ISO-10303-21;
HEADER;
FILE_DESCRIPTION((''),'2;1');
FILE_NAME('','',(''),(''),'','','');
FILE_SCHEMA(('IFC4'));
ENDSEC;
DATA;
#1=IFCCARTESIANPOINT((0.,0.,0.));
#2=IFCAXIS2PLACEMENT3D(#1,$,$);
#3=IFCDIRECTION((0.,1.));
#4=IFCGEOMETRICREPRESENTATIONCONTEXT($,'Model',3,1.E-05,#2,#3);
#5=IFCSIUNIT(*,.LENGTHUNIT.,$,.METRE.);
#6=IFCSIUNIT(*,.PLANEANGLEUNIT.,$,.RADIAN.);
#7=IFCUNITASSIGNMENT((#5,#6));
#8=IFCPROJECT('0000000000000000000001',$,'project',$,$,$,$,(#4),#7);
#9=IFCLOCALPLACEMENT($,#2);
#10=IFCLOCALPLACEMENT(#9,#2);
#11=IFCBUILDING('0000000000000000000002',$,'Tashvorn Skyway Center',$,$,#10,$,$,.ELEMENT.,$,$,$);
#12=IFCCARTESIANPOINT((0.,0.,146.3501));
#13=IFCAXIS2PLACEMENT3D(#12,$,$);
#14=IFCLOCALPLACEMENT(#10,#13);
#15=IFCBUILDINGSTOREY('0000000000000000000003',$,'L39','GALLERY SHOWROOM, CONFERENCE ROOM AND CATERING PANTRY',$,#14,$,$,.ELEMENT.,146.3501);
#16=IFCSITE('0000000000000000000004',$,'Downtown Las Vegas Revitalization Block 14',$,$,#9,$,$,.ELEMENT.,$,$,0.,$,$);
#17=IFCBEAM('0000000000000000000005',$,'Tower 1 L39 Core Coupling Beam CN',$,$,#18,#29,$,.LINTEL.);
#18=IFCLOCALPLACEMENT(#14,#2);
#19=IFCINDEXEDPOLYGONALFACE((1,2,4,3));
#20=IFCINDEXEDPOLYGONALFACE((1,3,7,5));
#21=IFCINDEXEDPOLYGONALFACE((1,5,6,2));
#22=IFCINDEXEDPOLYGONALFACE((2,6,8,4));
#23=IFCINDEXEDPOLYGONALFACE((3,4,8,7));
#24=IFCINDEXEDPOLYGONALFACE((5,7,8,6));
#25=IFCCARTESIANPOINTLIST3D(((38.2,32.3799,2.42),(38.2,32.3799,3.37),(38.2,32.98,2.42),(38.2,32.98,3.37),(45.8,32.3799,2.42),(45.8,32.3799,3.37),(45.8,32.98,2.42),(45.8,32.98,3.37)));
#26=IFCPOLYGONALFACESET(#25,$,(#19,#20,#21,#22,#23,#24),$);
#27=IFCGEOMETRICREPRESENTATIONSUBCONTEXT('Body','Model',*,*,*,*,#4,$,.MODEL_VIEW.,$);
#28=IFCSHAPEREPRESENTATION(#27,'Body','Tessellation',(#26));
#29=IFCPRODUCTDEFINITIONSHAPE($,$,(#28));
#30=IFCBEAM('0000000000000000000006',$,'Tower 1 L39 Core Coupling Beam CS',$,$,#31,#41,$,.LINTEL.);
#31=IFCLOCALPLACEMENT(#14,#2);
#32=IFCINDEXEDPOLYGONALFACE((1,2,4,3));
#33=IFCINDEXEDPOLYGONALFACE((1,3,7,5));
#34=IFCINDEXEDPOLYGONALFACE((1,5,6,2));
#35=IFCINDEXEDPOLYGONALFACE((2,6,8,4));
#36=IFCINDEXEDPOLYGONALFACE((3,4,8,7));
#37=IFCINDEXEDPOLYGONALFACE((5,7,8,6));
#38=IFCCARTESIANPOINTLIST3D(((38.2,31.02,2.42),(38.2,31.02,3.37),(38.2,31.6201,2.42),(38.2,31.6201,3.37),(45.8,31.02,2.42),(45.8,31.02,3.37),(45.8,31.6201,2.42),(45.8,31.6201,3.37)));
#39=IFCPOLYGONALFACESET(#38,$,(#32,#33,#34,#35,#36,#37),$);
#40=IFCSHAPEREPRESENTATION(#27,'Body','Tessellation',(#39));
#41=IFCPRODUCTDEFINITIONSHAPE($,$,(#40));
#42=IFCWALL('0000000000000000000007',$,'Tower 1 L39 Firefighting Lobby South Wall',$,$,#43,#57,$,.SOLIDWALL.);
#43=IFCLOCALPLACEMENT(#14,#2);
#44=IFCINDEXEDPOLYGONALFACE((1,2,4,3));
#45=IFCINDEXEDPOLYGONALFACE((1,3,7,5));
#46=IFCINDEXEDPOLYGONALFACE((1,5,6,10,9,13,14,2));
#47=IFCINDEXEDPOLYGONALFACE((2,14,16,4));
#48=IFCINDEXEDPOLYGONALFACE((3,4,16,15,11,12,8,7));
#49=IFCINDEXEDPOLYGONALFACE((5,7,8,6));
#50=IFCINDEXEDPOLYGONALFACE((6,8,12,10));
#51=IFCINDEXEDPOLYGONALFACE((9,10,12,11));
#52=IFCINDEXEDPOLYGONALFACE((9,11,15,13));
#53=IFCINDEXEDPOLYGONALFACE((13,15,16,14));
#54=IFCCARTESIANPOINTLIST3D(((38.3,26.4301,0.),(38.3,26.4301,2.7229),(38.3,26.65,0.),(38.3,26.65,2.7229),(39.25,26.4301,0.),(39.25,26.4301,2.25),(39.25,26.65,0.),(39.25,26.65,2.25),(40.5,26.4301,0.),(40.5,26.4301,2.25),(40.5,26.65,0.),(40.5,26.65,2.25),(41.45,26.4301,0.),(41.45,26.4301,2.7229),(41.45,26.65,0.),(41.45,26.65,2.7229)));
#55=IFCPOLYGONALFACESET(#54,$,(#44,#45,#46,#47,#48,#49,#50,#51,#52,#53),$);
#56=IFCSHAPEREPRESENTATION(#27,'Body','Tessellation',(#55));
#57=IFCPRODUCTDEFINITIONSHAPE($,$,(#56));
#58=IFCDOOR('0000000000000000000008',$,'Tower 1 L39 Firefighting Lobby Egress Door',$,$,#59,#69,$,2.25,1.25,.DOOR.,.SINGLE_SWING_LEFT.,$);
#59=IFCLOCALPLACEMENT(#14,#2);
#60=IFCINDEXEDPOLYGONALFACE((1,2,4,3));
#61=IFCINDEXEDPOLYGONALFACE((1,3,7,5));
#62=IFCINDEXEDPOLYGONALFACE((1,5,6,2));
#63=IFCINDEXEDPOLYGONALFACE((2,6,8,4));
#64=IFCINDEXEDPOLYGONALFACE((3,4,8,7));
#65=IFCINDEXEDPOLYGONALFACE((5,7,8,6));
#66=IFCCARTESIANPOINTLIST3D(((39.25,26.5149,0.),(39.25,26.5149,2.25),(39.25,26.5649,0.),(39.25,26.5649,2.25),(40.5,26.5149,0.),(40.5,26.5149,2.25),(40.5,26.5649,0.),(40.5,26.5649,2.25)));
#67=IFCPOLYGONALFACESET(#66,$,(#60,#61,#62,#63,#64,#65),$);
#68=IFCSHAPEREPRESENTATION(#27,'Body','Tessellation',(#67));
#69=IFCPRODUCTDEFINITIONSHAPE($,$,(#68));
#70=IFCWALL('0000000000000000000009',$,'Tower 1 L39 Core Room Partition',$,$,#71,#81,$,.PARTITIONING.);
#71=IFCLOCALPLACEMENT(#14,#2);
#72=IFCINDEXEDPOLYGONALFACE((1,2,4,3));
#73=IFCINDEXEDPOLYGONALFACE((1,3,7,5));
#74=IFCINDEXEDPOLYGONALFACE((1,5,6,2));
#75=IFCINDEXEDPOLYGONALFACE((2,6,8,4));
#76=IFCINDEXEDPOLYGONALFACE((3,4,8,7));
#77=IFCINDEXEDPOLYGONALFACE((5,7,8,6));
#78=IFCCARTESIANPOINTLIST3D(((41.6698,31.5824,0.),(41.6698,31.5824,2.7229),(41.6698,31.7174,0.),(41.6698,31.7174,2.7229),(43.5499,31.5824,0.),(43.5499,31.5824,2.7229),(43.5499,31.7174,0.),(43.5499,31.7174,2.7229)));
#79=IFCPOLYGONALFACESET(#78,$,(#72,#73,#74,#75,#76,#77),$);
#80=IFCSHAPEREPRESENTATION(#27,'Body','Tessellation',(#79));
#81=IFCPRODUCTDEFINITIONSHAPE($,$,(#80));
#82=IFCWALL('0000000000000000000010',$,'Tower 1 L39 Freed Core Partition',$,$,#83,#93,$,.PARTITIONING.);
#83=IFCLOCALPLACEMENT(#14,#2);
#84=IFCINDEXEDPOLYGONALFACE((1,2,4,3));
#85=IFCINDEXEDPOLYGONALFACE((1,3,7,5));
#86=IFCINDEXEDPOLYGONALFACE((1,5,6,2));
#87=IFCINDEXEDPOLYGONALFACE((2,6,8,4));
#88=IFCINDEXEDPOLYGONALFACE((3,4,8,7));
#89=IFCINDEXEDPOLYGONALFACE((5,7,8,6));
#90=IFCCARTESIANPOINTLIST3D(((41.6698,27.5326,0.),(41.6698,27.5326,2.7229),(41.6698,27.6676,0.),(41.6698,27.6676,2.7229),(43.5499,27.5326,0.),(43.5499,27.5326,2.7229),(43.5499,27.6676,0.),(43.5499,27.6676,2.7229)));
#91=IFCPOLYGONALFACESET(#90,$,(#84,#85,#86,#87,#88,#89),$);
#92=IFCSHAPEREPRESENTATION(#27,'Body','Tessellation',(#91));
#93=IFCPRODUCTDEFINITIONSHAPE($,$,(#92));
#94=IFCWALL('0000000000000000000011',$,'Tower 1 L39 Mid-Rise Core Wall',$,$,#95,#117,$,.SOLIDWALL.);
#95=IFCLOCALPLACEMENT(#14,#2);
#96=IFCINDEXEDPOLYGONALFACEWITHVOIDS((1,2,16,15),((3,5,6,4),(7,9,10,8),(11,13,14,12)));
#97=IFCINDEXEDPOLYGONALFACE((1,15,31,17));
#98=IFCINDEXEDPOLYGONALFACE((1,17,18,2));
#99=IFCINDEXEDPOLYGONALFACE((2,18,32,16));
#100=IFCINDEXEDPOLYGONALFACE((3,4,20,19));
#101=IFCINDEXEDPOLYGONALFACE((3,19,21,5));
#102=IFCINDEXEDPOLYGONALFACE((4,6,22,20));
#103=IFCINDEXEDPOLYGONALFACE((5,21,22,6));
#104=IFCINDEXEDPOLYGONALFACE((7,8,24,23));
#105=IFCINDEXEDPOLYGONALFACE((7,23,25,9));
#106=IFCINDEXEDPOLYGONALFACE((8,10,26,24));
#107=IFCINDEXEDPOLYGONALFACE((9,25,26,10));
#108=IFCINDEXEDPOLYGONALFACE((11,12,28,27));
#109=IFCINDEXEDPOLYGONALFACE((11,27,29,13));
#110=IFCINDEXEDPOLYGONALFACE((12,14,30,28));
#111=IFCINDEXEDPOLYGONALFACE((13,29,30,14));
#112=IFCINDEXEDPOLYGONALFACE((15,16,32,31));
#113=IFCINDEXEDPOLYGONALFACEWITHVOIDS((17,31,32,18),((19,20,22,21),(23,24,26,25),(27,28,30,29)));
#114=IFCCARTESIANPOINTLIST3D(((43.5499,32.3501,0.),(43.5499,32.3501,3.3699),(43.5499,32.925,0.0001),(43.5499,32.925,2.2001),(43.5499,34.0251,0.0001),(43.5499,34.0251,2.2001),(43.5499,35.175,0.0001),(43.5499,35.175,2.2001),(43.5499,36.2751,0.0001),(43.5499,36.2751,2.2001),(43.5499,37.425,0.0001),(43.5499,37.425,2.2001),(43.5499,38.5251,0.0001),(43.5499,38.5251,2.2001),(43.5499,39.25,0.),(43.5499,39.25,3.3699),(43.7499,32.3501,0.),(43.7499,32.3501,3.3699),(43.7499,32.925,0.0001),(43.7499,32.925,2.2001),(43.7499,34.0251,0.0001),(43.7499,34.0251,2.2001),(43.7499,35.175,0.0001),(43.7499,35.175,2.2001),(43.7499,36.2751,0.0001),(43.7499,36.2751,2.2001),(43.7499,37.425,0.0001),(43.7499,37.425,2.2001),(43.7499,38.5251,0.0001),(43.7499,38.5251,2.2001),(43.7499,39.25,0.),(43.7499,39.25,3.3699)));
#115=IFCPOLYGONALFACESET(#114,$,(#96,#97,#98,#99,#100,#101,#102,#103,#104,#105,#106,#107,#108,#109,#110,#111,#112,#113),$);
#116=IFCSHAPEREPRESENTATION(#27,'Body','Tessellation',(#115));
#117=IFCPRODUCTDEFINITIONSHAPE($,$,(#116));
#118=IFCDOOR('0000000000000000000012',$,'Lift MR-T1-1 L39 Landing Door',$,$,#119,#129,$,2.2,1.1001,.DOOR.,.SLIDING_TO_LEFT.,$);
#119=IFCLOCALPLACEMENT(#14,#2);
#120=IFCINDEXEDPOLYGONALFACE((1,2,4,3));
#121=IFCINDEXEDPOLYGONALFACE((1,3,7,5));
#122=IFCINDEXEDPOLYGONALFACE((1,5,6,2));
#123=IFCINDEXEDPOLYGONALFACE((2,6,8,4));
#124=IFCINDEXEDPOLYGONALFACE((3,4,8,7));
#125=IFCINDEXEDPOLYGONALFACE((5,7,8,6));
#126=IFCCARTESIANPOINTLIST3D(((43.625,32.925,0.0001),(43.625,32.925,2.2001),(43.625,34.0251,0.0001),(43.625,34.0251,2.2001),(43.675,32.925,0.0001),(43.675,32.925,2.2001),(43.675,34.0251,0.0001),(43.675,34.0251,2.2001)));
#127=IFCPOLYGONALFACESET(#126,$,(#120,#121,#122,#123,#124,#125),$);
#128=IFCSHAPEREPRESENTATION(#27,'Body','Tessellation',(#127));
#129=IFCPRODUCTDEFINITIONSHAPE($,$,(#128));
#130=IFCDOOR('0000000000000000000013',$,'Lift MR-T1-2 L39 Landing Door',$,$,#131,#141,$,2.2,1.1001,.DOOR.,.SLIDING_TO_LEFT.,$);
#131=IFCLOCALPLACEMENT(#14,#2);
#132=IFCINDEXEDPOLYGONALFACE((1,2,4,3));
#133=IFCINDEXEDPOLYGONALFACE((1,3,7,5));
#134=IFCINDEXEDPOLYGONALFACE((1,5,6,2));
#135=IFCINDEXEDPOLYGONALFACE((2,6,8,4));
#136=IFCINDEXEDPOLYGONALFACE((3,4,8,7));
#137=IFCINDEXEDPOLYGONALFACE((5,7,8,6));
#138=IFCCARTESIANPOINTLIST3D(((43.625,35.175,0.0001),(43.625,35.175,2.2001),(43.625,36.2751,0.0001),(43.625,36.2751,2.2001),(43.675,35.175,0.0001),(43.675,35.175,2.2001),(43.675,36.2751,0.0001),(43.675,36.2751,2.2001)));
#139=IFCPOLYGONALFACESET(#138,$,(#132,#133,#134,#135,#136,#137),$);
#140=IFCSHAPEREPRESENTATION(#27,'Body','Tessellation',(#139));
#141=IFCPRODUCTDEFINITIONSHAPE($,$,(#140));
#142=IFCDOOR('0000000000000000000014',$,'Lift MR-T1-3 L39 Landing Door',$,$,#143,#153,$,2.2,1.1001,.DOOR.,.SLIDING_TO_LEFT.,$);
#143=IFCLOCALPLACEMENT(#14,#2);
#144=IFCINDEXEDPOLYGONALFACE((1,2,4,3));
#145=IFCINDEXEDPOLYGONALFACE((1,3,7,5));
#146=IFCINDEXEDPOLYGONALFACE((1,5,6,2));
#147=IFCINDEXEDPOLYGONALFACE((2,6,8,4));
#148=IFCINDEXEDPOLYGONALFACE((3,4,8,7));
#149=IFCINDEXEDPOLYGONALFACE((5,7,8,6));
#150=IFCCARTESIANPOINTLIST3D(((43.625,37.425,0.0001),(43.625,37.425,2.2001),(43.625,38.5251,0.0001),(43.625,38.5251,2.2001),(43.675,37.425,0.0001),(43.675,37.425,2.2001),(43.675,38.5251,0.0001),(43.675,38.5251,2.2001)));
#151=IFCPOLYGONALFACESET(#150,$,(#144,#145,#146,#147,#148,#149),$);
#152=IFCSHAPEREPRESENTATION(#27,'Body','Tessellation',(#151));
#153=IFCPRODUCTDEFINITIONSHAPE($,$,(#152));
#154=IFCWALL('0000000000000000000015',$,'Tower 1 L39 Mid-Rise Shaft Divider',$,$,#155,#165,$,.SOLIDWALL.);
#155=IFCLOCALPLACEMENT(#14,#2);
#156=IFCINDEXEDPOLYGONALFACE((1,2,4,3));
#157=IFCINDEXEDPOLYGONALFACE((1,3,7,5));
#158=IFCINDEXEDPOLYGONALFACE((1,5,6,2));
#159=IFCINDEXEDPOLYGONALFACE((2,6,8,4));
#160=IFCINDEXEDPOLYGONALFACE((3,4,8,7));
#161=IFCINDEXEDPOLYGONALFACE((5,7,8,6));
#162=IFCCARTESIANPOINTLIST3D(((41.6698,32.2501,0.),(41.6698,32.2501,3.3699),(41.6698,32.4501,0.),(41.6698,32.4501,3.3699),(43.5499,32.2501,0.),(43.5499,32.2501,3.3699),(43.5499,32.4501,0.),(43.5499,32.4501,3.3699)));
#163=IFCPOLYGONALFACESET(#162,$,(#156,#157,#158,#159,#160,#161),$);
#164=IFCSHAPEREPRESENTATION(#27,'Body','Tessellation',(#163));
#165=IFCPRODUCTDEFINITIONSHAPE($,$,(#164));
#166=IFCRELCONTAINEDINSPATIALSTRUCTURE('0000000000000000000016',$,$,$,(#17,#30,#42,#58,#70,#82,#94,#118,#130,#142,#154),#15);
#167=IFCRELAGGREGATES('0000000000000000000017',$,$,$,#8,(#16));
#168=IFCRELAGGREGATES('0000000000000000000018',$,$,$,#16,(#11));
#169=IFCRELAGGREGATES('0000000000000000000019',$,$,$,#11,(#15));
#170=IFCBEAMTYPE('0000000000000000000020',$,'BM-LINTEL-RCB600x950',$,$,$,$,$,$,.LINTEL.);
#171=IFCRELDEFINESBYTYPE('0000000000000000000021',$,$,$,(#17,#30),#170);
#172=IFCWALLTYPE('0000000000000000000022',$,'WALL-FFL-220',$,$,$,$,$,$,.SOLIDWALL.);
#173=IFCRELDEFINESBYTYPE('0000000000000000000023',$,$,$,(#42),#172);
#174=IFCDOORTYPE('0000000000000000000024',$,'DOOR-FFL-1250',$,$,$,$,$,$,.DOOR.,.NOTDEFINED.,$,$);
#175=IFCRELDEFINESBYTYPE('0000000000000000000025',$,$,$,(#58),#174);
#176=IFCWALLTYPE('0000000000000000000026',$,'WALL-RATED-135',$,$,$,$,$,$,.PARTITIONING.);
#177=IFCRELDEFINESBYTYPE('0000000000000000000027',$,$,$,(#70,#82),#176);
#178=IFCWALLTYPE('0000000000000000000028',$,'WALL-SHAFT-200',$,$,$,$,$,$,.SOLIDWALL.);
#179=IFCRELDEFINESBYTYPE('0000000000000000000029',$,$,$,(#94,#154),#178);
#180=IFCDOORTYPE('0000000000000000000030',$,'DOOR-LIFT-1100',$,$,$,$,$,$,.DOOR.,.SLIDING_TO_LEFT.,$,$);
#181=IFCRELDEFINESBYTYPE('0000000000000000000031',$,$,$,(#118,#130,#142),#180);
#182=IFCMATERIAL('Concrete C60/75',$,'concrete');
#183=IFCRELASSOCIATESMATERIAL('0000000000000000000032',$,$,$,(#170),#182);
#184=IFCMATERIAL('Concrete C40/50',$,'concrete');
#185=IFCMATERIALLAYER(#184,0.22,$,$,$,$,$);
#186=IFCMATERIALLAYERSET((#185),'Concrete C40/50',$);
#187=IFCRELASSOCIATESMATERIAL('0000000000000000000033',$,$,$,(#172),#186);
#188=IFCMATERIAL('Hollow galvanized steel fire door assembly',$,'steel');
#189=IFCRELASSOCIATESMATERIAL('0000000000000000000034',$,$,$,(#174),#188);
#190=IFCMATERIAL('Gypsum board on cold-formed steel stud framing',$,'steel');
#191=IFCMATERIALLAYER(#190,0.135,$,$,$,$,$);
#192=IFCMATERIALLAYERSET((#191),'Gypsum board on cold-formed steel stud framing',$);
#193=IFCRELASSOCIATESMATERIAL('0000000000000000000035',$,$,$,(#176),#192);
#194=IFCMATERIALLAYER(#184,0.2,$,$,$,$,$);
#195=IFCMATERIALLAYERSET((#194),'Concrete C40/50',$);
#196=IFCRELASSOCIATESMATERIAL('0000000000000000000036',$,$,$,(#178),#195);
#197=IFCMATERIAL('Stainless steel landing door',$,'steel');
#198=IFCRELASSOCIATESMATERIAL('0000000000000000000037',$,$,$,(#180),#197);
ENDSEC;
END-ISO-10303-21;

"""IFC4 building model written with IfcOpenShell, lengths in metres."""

from ifc_helpers import new_model, si_unit, direction, frame, frame_2d, origin, origin_2d, place, context, subcontext, project, spatial, rectangle, extrude, material, layer, layer_set, material_profile, profile_set, type_object, element, fill, save


model = new_model("IFC4")

# Units and contexts
model_context = context("Model", 3, precision=1e-05, world=origin(), true_north=direction((0.0, 1.0)))
body_context = subcontext(model_context, "Body", "Model", "MODEL_VIEW")
ifc_project = project(units=[si_unit("LENGTHUNIT", "METRE"), si_unit("PLANEANGLEUNIT", "RADIAN")], contexts=[model_context])

# Site, building, storey
site_placement = place(None, origin())
site = spatial("IfcSite", under=ifc_project, at=site_placement, Name="Downtown Las Vegas Revitalization Block 14", CompositionType="ELEMENT", RefElevation=0.0)
building_placement = place(site_placement, origin())
building = spatial("IfcBuilding", under=site, at=building_placement, Name="Tashvorn Skyway Center", CompositionType="ELEMENT")
storey_placement = place(building_placement, frame((0.0, 0.0, 146.3501)))
storey = spatial("IfcBuildingStorey", under=building, at=storey_placement, Name="L39", Description="GALLERY SHOWROOM, CONFERENCE ROOM AND CATERING PANTRY", CompositionType="ELEMENT", Elevation=146.3501)

# Beams
ifc_material_1 = material(Name="Concrete C60/75", Category="concrete")
ifc_material_profile = material_profile(ifc_material_1, rectangle(XDim=0.6001, YDim=0.95, at=origin_2d()), Name="RCB600x950")
ifc_profile_set = profile_set([ifc_material_profile], Name="Concrete C60/75")
beam_type = type_object("IfcBeamType", Name="BM-LINTEL-RCB600x950", PredefinedType="LINTEL", material=ifc_profile_set)
for number, where, z_axis, x_axis, name in (
    (1, (38.2, 32.6799, 2.895), (1.0, 0.0, 0.0), (0.0, 1.0, 0.0), "Tower 1 L39 Core Coupling Beam CN"),
    (2, (38.2, 31.3201, 2.895), (1.0, 0.0, 0.0), (0.0, 1.0, 0.0), "Tower 1 L39 Core Coupling Beam CS"),
):
    element("IfcBeam", number, at=place(storey_placement, frame(where, z_axis=z_axis, x_axis=x_axis)), inside=storey, type_object=beam_type, Name=name, PredefinedType="LINTEL", context=body_context, shape_type="SweptSolid", body=[
        extrude(rectangle(XDim=0.6001, YDim=0.95, at=origin_2d()), origin(), (0.0, 0.0, 1.0), 7.6001),
    ])

# Wall, opening, door
ifc_material_2 = material(Name="Concrete C40/50", Category="concrete")
ifc_layer_1 = layer(ifc_material_2, 0.22)
ifc_layer_set_1 = layer_set([ifc_layer_1], Name="Concrete C40/50")
wall_type_1 = type_object("IfcWallType", Name="WALL-FFL-220", PredefinedType="SOLIDWALL", material=ifc_layer_set_1)
wall_1_placement = place(storey_placement, frame((38.3, 26.54, 0.0), z_axis=(0.0, 0.0, 1.0), x_axis=(1.0, 0.0, 0.0)))
wall_1 = element("IfcWall", 3, at=wall_1_placement, inside=storey, type_object=wall_type_1, Name="Tower 1 L39 Firefighting Lobby South Wall", PredefinedType="SOLIDWALL", context=body_context, shape_type="SweptSolid", body=[
    extrude(rectangle(XDim=3.1499, YDim=0.22, at=frame_2d((1.575, 0.0))), origin(), (0.0, 0.0, 1.0), 2.7229),
])
opening_1_placement = place(wall_1_placement, frame((0.95, 0.0, 0.0)))
opening_1 = element("IfcOpeningElement", 4, at=opening_1_placement, cuts=wall_1, PredefinedType="OPENING", context=body_context, shape_type="SweptSolid", body=[
    extrude(rectangle(XDim=1.25, YDim=2.25, at=frame_2d((0.625, 1.125))), frame((0.0, 0.1199, 0.0), z_axis=(0.0, -1.0, 0.0), x_axis=(1.0, 0.0, 0.0)), (0.0, 0.0, 1.0), 0.24),
])
ifc_material_3 = material(Name="Hollow galvanized steel fire door assembly", Category="steel")
door_type_1 = type_object("IfcDoorType", Name="DOOR-FFL-1250", OperationType="NOTDEFINED", PredefinedType="DOOR", material=ifc_material_3)
door_1_placement = place(opening_1_placement, origin())
door_1 = element("IfcDoor", 5, at=door_1_placement, inside=storey, type_object=door_type_1, Name="Tower 1 L39 Firefighting Lobby Egress Door", OperationType="SINGLE_SWING_LEFT", OverallHeight=2.25, OverallWidth=1.25, PredefinedType="DOOR", context=body_context, shape_type="SweptSolid", body=[
    extrude(rectangle(XDim=1.25, YDim=2.25, at=frame_2d((0.625, 1.125))), frame((0.0, 0.0249, 0.0), z_axis=(0.0, -1.0, 0.0), x_axis=(1.0, 0.0, 0.0)), (0.0, 0.0, 1.0), 0.05),
])
fill(opening_1, door_1)

# Walls
ifc_material_4 = material(Name="Gypsum board on cold-formed steel stud framing", Category="steel")
ifc_layer_2 = layer(ifc_material_4, 0.135)
ifc_layer_set_2 = layer_set([ifc_layer_2], Name="Gypsum board on cold-formed steel stud framing")
wall_type_2 = type_object("IfcWallType", Name="WALL-RATED-135", PredefinedType="PARTITIONING", material=ifc_layer_set_2)
for number, where, z_axis, x_axis, name in (
    (6, (41.6699, 31.6499, 0.0), (0.0, 0.0, 1.0), (1.0, 0.0, 0.0), "Tower 1 L39 Core Room Partition"),
    (7, (41.6699, 27.6001, 0.0), (0.0, 0.0, 1.0), (1.0, 0.0, 0.0), "Tower 1 L39 Freed Core Partition"),
):
    element("IfcWall", number, at=place(storey_placement, frame(where, z_axis=z_axis, x_axis=x_axis)), inside=storey, type_object=wall_type_2, Name=name, PredefinedType="PARTITIONING", context=body_context, shape_type="SweptSolid", body=[
        extrude(rectangle(XDim=1.8801, YDim=0.135, at=frame_2d((0.9399, 0.0))), origin(), (0.0, 0.0, 1.0), 2.7229),
    ])

# Wall, openings, doors
ifc_layer_3 = layer(ifc_material_2, 0.2)
ifc_layer_set_3 = layer_set([ifc_layer_3], Name="Concrete C40/50")
wall_type_3 = type_object("IfcWallType", Name="WALL-SHAFT-200", PredefinedType="SOLIDWALL", material=ifc_layer_set_3)
wall_2_placement = place(storey_placement, frame((43.6499, 32.3501, 0.0), z_axis=(0.0, 0.0, 1.0), x_axis=(0.0, 1.0, 0.0)))
wall_2 = element("IfcWall", 8, at=wall_2_placement, inside=storey, type_object=wall_type_3, Name="Tower 1 L39 Mid-Rise Core Wall", PredefinedType="SOLIDWALL", context=body_context, shape_type="SweptSolid", body=[
    extrude(rectangle(XDim=6.8999, YDim=0.2, at=frame_2d((3.45, 0.0))), origin(), (0.0, 0.0, 1.0), 3.3699),
])
opening_2_placement = place(wall_2_placement, frame((0.575, 0.0, 0.0)))
opening_2 = element("IfcOpeningElement", 9, at=opening_2_placement, cuts=wall_2, PredefinedType="OPENING", context=body_context, shape_type="SweptSolid", body=[
    extrude(rectangle(XDim=1.1001, YDim=2.2, at=frame_2d((0.55, 1.1001))), frame((0.0, 0.1099, 0.0), z_axis=(0.0, -1.0, 0.0), x_axis=(1.0, 0.0, 0.0)), (0.0, 0.0, 1.0), 0.22),
])
opening_3_placement = place(wall_2_placement, frame((2.825, 0.0, 0.0)))
opening_3 = element("IfcOpeningElement", 10, at=opening_3_placement, cuts=wall_2, PredefinedType="OPENING", context=body_context, shape_type="SweptSolid", body=[
    extrude(rectangle(XDim=1.1001, YDim=2.2, at=frame_2d((0.55, 1.1001))), frame((0.0, 0.1099, 0.0), z_axis=(0.0, -1.0, 0.0), x_axis=(1.0, 0.0, 0.0)), (0.0, 0.0, 1.0), 0.22),
])
opening_4_placement = place(wall_2_placement, frame((5.075, 0.0, 0.0)))
opening_4 = element("IfcOpeningElement", 11, at=opening_4_placement, cuts=wall_2, PredefinedType="OPENING", context=body_context, shape_type="SweptSolid", body=[
    extrude(rectangle(XDim=1.1001, YDim=2.2, at=frame_2d((0.55, 1.1001))), frame((0.0, 0.1099, 0.0), z_axis=(0.0, -1.0, 0.0), x_axis=(1.0, 0.0, 0.0)), (0.0, 0.0, 1.0), 0.22),
])
ifc_material_5 = material(Name="Stainless steel landing door", Category="steel")
door_type_2 = type_object("IfcDoorType", Name="DOOR-LIFT-1100", OperationType="SLIDING_TO_LEFT", PredefinedType="DOOR", material=ifc_material_5)
door_2_placement = place(opening_2_placement, origin())
door_2 = element("IfcDoor", 12, at=door_2_placement, inside=storey, type_object=door_type_2, Name="Lift MR-T1-1 L39 Landing Door", OperationType="SLIDING_TO_LEFT", OverallHeight=2.2, OverallWidth=1.1001, PredefinedType="DOOR", context=body_context, shape_type="SweptSolid", body=[
    extrude(rectangle(XDim=1.1001, YDim=2.2, at=frame_2d((0.55, 1.1001))), frame((0.0, 0.0249, 0.0), z_axis=(0.0, -1.0, 0.0), x_axis=(1.0, 0.0, 0.0)), (0.0, 0.0, 1.0), 0.05),
])
fill(opening_2, door_2)
door_3_placement = place(opening_3_placement, origin())
door_3 = element("IfcDoor", 13, at=door_3_placement, inside=storey, type_object=door_type_2, Name="Lift MR-T1-2 L39 Landing Door", OperationType="SLIDING_TO_LEFT", OverallHeight=2.2, OverallWidth=1.1001, PredefinedType="DOOR", context=body_context, shape_type="SweptSolid", body=[
    extrude(rectangle(XDim=1.1001, YDim=2.2, at=frame_2d((0.55, 1.1001))), frame((0.0, 0.0249, 0.0), z_axis=(0.0, -1.0, 0.0), x_axis=(1.0, 0.0, 0.0)), (0.0, 0.0, 1.0), 0.05),
])
fill(opening_3, door_3)
door_4_placement = place(opening_4_placement, origin())
door_4 = element("IfcDoor", 14, at=door_4_placement, inside=storey, type_object=door_type_2, Name="Lift MR-T1-3 L39 Landing Door", OperationType="SLIDING_TO_LEFT", OverallHeight=2.2, OverallWidth=1.1001, PredefinedType="DOOR", context=body_context, shape_type="SweptSolid", body=[
    extrude(rectangle(XDim=1.1001, YDim=2.2, at=frame_2d((0.55, 1.1001))), frame((0.0, 0.0249, 0.0), z_axis=(0.0, -1.0, 0.0), x_axis=(1.0, 0.0, 0.0)), (0.0, 0.0, 1.0), 0.05),
])
fill(opening_4, door_4)

# Wall
wall_3_placement = place(storey_placement, frame((41.6699, 32.3501, 0.0), z_axis=(0.0, 0.0, 1.0), x_axis=(1.0, 0.0, 0.0)))
element("IfcWall", 15, at=wall_3_placement, inside=storey, type_object=wall_type_3, Name="Tower 1 L39 Mid-Rise Shaft Divider", PredefinedType="SOLIDWALL", context=body_context, shape_type="SweptSolid", body=[
    extrude(rectangle(XDim=1.8801, YDim=0.2, at=frame_2d((0.9399, 0.0))), origin(), (0.0, 0.0, 1.0), 3.3699),
])

save(model, "model.ifc")
